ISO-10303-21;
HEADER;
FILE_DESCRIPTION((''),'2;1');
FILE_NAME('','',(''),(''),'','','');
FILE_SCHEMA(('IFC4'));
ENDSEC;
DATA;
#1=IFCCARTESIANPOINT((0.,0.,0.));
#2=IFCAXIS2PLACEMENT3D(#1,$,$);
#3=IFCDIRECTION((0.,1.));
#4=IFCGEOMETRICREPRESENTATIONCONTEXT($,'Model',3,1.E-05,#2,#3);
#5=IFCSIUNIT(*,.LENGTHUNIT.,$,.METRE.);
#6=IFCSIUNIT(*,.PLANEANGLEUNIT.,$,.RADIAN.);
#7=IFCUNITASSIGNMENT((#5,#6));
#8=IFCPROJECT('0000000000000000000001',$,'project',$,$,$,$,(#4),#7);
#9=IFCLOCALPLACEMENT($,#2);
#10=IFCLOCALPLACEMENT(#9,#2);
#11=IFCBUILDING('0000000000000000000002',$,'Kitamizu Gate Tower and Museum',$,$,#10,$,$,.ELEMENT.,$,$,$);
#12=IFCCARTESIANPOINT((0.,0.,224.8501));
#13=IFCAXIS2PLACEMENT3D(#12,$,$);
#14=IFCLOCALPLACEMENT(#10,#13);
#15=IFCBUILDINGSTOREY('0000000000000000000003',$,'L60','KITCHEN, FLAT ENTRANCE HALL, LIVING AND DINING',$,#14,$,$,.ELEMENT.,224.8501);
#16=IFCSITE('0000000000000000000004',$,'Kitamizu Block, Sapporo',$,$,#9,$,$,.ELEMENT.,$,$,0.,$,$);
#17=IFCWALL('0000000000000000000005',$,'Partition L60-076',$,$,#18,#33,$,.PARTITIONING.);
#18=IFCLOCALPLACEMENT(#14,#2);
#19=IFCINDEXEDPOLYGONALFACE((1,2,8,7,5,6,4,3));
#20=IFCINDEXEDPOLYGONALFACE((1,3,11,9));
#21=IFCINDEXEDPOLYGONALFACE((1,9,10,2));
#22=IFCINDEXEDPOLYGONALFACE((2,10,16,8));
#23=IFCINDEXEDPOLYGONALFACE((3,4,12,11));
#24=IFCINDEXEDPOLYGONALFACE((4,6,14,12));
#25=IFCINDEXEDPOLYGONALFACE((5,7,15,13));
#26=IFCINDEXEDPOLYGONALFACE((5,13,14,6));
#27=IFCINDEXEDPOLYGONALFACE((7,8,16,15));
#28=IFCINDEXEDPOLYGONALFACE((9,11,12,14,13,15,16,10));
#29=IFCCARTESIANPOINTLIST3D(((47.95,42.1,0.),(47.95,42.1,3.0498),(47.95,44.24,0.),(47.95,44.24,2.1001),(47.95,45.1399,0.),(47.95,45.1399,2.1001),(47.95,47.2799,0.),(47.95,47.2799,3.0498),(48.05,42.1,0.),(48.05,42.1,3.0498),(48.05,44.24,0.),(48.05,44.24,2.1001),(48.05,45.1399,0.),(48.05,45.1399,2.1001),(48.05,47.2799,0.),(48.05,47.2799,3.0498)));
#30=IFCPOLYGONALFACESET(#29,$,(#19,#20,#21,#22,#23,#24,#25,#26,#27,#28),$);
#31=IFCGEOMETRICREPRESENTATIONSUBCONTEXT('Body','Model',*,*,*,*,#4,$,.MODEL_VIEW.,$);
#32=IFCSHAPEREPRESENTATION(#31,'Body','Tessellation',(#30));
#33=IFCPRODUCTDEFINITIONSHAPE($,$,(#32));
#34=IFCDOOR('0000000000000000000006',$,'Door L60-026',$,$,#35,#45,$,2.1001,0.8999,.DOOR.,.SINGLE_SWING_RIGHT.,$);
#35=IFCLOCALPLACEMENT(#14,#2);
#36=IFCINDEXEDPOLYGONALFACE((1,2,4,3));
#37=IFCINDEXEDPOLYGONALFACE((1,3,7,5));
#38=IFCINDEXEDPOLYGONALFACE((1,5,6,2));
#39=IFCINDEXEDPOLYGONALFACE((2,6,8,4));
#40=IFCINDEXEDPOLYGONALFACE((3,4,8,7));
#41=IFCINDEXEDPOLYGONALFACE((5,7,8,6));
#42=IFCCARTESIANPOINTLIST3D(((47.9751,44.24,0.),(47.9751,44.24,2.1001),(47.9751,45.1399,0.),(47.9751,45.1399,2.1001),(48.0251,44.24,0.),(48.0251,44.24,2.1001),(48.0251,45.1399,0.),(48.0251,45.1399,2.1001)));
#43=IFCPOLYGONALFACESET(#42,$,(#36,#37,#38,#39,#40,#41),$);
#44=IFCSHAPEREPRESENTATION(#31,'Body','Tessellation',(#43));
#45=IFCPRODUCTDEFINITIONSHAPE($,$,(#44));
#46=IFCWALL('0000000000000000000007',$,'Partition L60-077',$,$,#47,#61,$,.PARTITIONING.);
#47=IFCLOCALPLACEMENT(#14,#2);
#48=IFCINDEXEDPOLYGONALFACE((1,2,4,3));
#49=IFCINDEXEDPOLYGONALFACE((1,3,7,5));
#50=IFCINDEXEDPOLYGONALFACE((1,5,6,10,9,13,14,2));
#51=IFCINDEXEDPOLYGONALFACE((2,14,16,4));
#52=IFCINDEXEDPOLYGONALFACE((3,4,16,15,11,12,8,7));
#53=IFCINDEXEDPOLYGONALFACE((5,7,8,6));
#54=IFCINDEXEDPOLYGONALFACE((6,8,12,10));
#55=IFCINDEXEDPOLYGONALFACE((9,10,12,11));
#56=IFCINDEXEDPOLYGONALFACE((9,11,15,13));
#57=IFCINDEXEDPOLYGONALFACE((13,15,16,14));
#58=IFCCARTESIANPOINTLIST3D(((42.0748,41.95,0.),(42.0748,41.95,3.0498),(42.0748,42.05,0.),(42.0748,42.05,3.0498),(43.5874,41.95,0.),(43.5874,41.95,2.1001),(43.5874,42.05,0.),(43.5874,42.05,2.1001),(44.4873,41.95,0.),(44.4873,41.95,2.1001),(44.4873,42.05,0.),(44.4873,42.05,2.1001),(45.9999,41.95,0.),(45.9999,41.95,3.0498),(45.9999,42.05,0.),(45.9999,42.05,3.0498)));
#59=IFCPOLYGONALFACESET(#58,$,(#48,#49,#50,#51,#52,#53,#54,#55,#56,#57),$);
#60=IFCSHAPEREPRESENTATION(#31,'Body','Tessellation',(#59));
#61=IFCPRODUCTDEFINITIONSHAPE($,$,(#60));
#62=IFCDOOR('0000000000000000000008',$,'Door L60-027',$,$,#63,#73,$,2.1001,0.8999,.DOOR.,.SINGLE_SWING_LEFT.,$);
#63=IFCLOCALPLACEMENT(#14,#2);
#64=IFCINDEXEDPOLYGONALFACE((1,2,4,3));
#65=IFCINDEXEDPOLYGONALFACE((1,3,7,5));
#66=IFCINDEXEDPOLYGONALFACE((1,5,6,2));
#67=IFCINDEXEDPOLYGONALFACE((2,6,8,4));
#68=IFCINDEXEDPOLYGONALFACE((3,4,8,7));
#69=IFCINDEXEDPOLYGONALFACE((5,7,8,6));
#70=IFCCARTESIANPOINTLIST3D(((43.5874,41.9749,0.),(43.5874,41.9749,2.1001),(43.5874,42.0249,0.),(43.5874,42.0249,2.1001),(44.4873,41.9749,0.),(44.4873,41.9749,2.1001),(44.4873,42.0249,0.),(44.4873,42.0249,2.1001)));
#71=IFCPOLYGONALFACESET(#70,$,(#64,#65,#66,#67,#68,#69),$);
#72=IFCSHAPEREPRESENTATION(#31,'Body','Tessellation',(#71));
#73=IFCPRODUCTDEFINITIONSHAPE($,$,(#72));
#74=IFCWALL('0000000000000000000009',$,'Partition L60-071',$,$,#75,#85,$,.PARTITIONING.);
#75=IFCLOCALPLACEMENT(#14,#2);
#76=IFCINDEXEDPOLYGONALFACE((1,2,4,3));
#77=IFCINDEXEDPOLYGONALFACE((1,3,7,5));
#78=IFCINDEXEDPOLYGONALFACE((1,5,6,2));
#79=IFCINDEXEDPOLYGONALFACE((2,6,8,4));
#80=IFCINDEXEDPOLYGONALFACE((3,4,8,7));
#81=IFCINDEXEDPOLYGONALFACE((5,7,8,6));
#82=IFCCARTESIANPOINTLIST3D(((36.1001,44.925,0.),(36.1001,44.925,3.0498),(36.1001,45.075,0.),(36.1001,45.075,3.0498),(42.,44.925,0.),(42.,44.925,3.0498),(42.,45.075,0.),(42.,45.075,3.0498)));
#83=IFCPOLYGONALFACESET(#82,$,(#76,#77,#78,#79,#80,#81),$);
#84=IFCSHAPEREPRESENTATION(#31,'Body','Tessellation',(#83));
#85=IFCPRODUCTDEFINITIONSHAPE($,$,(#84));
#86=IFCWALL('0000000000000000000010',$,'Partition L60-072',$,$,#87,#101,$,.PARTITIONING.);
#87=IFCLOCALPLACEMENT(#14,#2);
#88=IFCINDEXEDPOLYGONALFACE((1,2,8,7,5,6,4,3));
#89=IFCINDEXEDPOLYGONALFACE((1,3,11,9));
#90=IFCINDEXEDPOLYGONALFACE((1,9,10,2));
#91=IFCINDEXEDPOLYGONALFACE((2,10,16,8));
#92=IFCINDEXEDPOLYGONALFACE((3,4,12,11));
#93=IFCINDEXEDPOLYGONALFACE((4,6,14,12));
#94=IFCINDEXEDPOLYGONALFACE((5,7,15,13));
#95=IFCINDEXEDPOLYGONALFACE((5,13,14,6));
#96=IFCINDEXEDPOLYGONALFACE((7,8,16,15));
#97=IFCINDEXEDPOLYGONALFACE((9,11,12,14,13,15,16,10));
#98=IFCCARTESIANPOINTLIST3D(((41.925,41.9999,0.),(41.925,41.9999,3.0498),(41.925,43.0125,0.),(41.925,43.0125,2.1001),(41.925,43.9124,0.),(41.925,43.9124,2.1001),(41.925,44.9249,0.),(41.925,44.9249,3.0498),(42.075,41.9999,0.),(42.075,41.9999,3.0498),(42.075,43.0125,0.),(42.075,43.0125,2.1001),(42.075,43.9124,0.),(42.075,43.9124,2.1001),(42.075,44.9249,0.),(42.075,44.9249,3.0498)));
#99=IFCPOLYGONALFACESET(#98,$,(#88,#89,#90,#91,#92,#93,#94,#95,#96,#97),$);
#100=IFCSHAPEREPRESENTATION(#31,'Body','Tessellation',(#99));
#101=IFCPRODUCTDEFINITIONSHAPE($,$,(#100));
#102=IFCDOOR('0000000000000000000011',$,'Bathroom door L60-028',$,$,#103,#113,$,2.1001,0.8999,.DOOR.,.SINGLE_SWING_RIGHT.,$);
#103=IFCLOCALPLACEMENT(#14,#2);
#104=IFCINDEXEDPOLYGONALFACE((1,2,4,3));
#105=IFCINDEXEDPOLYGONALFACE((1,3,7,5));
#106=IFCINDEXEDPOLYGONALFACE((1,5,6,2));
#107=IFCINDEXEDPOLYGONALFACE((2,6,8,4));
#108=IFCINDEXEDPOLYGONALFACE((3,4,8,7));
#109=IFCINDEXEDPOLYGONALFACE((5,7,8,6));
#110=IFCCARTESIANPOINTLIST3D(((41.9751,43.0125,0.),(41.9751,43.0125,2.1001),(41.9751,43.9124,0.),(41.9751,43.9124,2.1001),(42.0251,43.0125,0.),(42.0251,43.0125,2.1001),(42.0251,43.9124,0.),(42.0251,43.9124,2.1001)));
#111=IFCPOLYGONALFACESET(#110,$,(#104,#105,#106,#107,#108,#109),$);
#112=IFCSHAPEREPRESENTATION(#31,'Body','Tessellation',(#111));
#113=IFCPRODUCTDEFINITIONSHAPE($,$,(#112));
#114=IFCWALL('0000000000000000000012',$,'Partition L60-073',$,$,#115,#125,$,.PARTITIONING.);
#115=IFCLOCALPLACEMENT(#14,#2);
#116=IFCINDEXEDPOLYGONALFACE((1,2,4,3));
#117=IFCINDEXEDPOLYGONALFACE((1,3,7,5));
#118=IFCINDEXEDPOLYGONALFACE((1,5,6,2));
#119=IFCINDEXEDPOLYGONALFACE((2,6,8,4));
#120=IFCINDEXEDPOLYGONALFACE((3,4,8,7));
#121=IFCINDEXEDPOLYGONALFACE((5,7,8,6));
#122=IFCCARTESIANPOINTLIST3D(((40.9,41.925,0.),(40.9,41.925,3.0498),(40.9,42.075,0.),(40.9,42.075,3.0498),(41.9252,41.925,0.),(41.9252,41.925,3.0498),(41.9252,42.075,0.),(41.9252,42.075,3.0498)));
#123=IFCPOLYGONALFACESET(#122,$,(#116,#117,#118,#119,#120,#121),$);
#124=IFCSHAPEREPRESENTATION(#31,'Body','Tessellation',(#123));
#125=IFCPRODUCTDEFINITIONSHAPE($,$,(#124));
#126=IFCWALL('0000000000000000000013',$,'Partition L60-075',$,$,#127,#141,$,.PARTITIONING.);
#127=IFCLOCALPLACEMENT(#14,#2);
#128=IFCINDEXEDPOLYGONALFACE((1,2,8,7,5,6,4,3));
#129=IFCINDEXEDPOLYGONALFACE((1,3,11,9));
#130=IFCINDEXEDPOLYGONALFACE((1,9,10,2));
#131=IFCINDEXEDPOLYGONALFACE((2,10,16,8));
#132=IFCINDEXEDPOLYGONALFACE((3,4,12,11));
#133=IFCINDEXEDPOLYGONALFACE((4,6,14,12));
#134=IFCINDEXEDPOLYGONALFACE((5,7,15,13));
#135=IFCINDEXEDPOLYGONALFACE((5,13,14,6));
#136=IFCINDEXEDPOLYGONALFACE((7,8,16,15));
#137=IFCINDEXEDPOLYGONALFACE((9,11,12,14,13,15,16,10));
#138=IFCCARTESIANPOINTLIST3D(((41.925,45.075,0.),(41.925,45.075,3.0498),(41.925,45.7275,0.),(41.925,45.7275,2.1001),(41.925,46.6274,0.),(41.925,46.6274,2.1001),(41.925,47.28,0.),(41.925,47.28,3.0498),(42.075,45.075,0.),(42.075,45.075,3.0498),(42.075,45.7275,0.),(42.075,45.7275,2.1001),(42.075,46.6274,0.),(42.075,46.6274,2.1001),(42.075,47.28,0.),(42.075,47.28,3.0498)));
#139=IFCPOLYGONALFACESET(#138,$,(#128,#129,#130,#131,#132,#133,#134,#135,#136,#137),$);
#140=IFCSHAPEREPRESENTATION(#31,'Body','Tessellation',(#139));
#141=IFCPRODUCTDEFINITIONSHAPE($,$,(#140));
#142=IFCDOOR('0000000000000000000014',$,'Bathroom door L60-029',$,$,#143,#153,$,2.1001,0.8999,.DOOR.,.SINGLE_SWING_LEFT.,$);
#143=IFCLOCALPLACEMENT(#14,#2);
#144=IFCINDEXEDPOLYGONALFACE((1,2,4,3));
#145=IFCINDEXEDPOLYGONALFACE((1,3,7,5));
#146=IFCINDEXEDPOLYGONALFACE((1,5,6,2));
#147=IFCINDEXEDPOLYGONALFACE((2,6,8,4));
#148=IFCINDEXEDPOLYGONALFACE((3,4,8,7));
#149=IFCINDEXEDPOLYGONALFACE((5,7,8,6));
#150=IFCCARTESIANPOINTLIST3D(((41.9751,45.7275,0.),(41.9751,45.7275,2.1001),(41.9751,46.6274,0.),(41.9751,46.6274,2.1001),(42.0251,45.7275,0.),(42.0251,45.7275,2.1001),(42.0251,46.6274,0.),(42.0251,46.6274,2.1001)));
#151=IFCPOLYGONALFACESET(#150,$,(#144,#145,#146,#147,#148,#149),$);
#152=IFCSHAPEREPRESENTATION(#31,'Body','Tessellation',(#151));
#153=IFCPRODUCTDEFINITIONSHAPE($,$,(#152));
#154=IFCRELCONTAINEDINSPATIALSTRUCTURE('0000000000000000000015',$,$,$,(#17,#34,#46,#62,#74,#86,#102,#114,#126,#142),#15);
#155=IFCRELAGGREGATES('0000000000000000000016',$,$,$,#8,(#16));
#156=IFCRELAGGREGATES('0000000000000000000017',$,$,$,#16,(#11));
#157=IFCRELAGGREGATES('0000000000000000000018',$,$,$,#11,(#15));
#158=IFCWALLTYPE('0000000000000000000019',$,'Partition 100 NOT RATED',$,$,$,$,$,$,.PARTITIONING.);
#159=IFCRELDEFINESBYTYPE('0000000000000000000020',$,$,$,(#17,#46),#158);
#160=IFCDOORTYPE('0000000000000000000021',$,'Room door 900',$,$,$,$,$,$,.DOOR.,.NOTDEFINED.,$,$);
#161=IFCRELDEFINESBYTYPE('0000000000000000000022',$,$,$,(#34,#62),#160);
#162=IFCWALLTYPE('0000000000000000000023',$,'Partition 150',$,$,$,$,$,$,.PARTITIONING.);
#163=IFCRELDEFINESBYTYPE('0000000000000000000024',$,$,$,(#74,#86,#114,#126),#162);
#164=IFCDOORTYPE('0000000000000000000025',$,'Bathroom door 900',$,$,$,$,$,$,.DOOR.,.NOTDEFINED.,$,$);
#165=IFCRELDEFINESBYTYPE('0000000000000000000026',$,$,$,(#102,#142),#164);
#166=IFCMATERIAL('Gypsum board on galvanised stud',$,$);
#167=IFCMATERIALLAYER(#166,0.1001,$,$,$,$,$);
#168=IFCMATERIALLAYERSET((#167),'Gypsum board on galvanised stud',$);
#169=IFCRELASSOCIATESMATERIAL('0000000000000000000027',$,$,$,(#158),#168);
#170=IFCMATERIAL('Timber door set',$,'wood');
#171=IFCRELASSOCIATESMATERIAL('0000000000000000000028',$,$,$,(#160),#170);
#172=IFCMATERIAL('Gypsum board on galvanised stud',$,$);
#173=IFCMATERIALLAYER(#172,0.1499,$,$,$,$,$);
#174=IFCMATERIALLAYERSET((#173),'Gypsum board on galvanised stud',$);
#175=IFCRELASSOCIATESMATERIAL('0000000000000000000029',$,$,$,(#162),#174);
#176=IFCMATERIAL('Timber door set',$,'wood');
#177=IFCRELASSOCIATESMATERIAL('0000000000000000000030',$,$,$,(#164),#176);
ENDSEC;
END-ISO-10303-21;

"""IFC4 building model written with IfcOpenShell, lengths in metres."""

from ifc_helpers import new_model, si_unit, direction, frame, frame_2d, origin, place, context, subcontext, project, spatial, rectangle, extrude, material, layer, layer_set, type_object, element, fill, save


model = new_model("IFC4")

# Units and contexts
model_context = context("Model", 3, precision=1e-05, world=origin(), true_north=direction((0.0, 1.0)))
body_context = subcontext(model_context, "Body", "Model", "MODEL_VIEW")
ifc_project = project(units=[si_unit("LENGTHUNIT", "METRE"), si_unit("PLANEANGLEUNIT", "RADIAN")], contexts=[model_context])

# Site, building, storey
site_placement = place(None, origin())
site = spatial("IfcSite", under=ifc_project, at=site_placement, Name="Kitamizu Block, Sapporo", CompositionType="ELEMENT", RefElevation=0.0)
building_placement = place(site_placement, origin())
building = spatial("IfcBuilding", under=site, at=building_placement, Name="Kitamizu Gate Tower and Museum", CompositionType="ELEMENT")
storey_placement = place(building_placement, frame((0.0, 0.0, 224.8501)))
storey = spatial("IfcBuildingStorey", under=building, at=storey_placement, Name="L60", Description="KITCHEN, FLAT ENTRANCE HALL, LIVING AND DINING", CompositionType="ELEMENT", Elevation=224.8501)

# Walls, openings, doors
ifc_material_1 = material(Name="Gypsum board on galvanised stud")
ifc_layer_1 = layer(ifc_material_1, 0.1001)
ifc_layer_set_1 = layer_set([ifc_layer_1], Name="Gypsum board on galvanised stud")
wall_type_1 = type_object("IfcWallType", Name="Partition 100 NOT RATED", PredefinedType="PARTITIONING", material=ifc_layer_set_1)
wall_1_placement = place(storey_placement, frame((48.0, 42.1001, 0.0), z_axis=(0.0, 0.0, 1.0), x_axis=(0.0, 1.0, 0.0)))
wall_1 = element("IfcWall", 1, at=wall_1_placement, inside=storey, type_object=wall_type_1, Name="Partition L60-076", PredefinedType="PARTITIONING", context=body_context, shape_type="SweptSolid", body=[
    extrude(rectangle(XDim=5.1799, YDim=0.1001, at=frame_2d((2.5898, 0.0))), origin(), (0.0, 0.0, 1.0), 3.0498),
])
opening_1_placement = place(wall_1_placement, frame((2.1399, 0.0, 0.0)))
opening_1 = element("IfcOpeningElement", 2, at=opening_1_placement, cuts=wall_1, PredefinedType="OPENING", context=body_context, shape_type="SweptSolid", body=[
    extrude(rectangle(XDim=0.8999, YDim=2.1001, at=frame_2d((0.45, 1.05))), frame((0.0, 0.0601, 0.0), z_axis=(0.0, -1.0, 0.0), x_axis=(1.0, 0.0, 0.0)), (0.0, 0.0, 1.0), 0.1201),
])
ifc_material_2 = material(Name="Timber door set", Category="wood")
door_type_1 = type_object("IfcDoorType", Name="Room door 900", OperationType="NOTDEFINED", PredefinedType="DOOR", material=ifc_material_2)
door_1_placement = place(opening_1_placement, origin())
door_1 = element("IfcDoor", 3, at=door_1_placement, inside=storey, type_object=door_type_1, Name="Door L60-026", OperationType="SINGLE_SWING_RIGHT", OverallHeight=2.1001, OverallWidth=0.8999, PredefinedType="DOOR", context=body_context, shape_type="SweptSolid", body=[
    extrude(rectangle(XDim=0.8999, YDim=2.1001, at=frame_2d((0.45, 1.05))), frame((0.0, 0.0249, 0.0), z_axis=(0.0, -1.0, 0.0), x_axis=(1.0, 0.0, 0.0)), (0.0, 0.0, 1.0), 0.05),
])
fill(opening_1, door_1)
wall_2_placement = place(storey_placement, frame((42.075, 42.0, 0.0), z_axis=(0.0, 0.0, 1.0), x_axis=(1.0, 0.0, 0.0)))
wall_2 = element("IfcWall", 4, at=wall_2_placement, inside=storey, type_object=wall_type_1, Name="Partition L60-077", PredefinedType="PARTITIONING", context=body_context, shape_type="SweptSolid", body=[
    extrude(rectangle(XDim=3.925, YDim=0.1001, at=frame_2d((1.9624, 0.0))), origin(), (0.0, 0.0, 1.0), 3.0498),
])
opening_2_placement = place(wall_2_placement, frame((1.5125, 0.0, 0.0)))
opening_2 = element("IfcOpeningElement", 5, at=opening_2_placement, cuts=wall_2, PredefinedType="OPENING", context=body_context, shape_type="SweptSolid", body=[
    extrude(rectangle(XDim=0.8999, YDim=2.1001, at=frame_2d((0.45, 1.05))), frame((0.0, 0.0601, 0.0), z_axis=(0.0, -1.0, 0.0), x_axis=(1.0, 0.0, 0.0)), (0.0, 0.0, 1.0), 0.1201),
])
door_2_placement = place(opening_2_placement, origin())
door_2 = element("IfcDoor", 6, at=door_2_placement, inside=storey, type_object=door_type_1, Name="Door L60-027", OperationType="SINGLE_SWING_LEFT", OverallHeight=2.1001, OverallWidth=0.8999, PredefinedType="DOOR", context=body_context, shape_type="SweptSolid", body=[
    extrude(rectangle(XDim=0.8999, YDim=2.1001, at=frame_2d((0.45, 1.05))), frame((0.0, 0.0249, 0.0), z_axis=(0.0, -1.0, 0.0), x_axis=(1.0, 0.0, 0.0)), (0.0, 0.0, 1.0), 0.05),
])
fill(opening_2, door_2)

# Wall
ifc_material_3 = material(Name="Gypsum board on galvanised stud")
ifc_layer_2 = layer(ifc_material_3, 0.1499)
ifc_layer_set_2 = layer_set([ifc_layer_2], Name="Gypsum board on galvanised stud")
wall_type_2 = type_object("IfcWallType", Name="Partition 150", PredefinedType="PARTITIONING", material=ifc_layer_set_2)
wall_3_placement = place(storey_placement, frame((42.0, 45.0, 0.0), z_axis=(0.0, 0.0, 1.0), x_axis=(-1.0, 0.0, 0.0)))
element("IfcWall", 7, at=wall_3_placement, inside=storey, type_object=wall_type_2, Name="Partition L60-071", PredefinedType="PARTITIONING", context=body_context, shape_type="SweptSolid", body=[
    extrude(rectangle(XDim=5.8999, YDim=0.1499, at=frame_2d((2.95, 0.0))), origin(), (0.0, 0.0, 1.0), 3.0498),
])

# Wall, opening, door
wall_4_placement = place(storey_placement, frame((42.0, 42.0, 0.0), z_axis=(0.0, 0.0, 1.0), x_axis=(0.0, 1.0, 0.0)))
wall_4 = element("IfcWall", 8, at=wall_4_placement, inside=storey, type_object=wall_type_2, Name="Partition L60-072", PredefinedType="PARTITIONING", context=body_context, shape_type="SweptSolid", body=[
    extrude(rectangle(XDim=2.925, YDim=0.1499, at=frame_2d((1.4624, 0.0))), origin(), (0.0, 0.0, 1.0), 3.0498),
])
opening_3_placement = place(wall_4_placement, frame((1.0125, 0.0, 0.0)))
opening_3 = element("IfcOpeningElement", 9, at=opening_3_placement, cuts=wall_4, PredefinedType="OPENING", context=body_context, shape_type="SweptSolid", body=[
    extrude(rectangle(XDim=0.8999, YDim=2.1001, at=frame_2d((0.45, 1.05))), frame((0.0, 0.085, 0.0), z_axis=(0.0, -1.0, 0.0), x_axis=(1.0, 0.0, 0.0)), (0.0, 0.0, 1.0), 0.1699),
])
ifc_material_4 = material(Name="Timber door set", Category="wood")
door_type_2 = type_object("IfcDoorType", Name="Bathroom door 900", OperationType="NOTDEFINED", PredefinedType="DOOR", material=ifc_material_4)
door_3_placement = place(opening_3_placement, origin())
door_3 = element("IfcDoor", 10, at=door_3_placement, inside=storey, type_object=door_type_2, Name="Bathroom door L60-028", OperationType="SINGLE_SWING_RIGHT", OverallHeight=2.1001, OverallWidth=0.8999, PredefinedType="DOOR", context=body_context, shape_type="SweptSolid", body=[
    extrude(rectangle(XDim=0.8999, YDim=2.1001, at=frame_2d((0.45, 1.05))), frame((0.0, 0.0249, 0.0), z_axis=(0.0, -1.0, 0.0), x_axis=(1.0, 0.0, 0.0)), (0.0, 0.0, 1.0), 0.05),
])
fill(opening_3, door_3)

# Wall
wall_5_placement = place(storey_placement, frame((40.8999, 42.0, 0.0), z_axis=(0.0, 0.0, 1.0), x_axis=(1.0, 0.0, 0.0)))
element("IfcWall", 11, at=wall_5_placement, inside=storey, type_object=wall_type_2, Name="Partition L60-073", PredefinedType="PARTITIONING", context=body_context, shape_type="SweptSolid", body=[
    extrude(rectangle(XDim=1.0251, YDim=0.1499, at=frame_2d((0.5127, 0.0))), origin(), (0.0, 0.0, 1.0), 3.0498),
])

# Wall, opening, door
wall_6_placement = place(storey_placement, frame((42.0, 45.075, 0.0), z_axis=(0.0, 0.0, 1.0), x_axis=(0.0, 1.0, 0.0)))
wall_6 = element("IfcWall", 12, at=wall_6_placement, inside=storey, type_object=wall_type_2, Name="Partition L60-075", PredefinedType="PARTITIONING", context=body_context, shape_type="SweptSolid", body=[
    extrude(rectangle(XDim=2.2051, YDim=0.1499, at=frame_2d((1.1025, 0.0))), origin(), (0.0, 0.0, 1.0), 3.0498),
])
opening_4_placement = place(wall_6_placement, frame((0.6526, 0.0, 0.0)))
opening_4 = element("IfcOpeningElement", 13, at=opening_4_placement, cuts=wall_6, PredefinedType="OPENING", context=body_context, shape_type="SweptSolid", body=[
    extrude(rectangle(XDim=0.8999, YDim=2.1001, at=frame_2d((0.45, 1.05))), frame((0.0, 0.085, 0.0), z_axis=(0.0, -1.0, 0.0), x_axis=(1.0, 0.0, 0.0)), (0.0, 0.0, 1.0), 0.1699),
])
door_4_placement = place(opening_4_placement, origin())
door_4 = element("IfcDoor", 14, at=door_4_placement, inside=storey, type_object=door_type_2, Name="Bathroom door L60-029", OperationType="SINGLE_SWING_LEFT", OverallHeight=2.1001, OverallWidth=0.8999, PredefinedType="DOOR", context=body_context, shape_type="SweptSolid", body=[
    extrude(rectangle(XDim=0.8999, YDim=2.1001, at=frame_2d((0.45, 1.05))), frame((0.0, 0.0249, 0.0), z_axis=(0.0, -1.0, 0.0), x_axis=(1.0, 0.0, 0.0)), (0.0, 0.0, 1.0), 0.05),
])
fill(opening_4, door_4)

save(model, "model.ifc")
